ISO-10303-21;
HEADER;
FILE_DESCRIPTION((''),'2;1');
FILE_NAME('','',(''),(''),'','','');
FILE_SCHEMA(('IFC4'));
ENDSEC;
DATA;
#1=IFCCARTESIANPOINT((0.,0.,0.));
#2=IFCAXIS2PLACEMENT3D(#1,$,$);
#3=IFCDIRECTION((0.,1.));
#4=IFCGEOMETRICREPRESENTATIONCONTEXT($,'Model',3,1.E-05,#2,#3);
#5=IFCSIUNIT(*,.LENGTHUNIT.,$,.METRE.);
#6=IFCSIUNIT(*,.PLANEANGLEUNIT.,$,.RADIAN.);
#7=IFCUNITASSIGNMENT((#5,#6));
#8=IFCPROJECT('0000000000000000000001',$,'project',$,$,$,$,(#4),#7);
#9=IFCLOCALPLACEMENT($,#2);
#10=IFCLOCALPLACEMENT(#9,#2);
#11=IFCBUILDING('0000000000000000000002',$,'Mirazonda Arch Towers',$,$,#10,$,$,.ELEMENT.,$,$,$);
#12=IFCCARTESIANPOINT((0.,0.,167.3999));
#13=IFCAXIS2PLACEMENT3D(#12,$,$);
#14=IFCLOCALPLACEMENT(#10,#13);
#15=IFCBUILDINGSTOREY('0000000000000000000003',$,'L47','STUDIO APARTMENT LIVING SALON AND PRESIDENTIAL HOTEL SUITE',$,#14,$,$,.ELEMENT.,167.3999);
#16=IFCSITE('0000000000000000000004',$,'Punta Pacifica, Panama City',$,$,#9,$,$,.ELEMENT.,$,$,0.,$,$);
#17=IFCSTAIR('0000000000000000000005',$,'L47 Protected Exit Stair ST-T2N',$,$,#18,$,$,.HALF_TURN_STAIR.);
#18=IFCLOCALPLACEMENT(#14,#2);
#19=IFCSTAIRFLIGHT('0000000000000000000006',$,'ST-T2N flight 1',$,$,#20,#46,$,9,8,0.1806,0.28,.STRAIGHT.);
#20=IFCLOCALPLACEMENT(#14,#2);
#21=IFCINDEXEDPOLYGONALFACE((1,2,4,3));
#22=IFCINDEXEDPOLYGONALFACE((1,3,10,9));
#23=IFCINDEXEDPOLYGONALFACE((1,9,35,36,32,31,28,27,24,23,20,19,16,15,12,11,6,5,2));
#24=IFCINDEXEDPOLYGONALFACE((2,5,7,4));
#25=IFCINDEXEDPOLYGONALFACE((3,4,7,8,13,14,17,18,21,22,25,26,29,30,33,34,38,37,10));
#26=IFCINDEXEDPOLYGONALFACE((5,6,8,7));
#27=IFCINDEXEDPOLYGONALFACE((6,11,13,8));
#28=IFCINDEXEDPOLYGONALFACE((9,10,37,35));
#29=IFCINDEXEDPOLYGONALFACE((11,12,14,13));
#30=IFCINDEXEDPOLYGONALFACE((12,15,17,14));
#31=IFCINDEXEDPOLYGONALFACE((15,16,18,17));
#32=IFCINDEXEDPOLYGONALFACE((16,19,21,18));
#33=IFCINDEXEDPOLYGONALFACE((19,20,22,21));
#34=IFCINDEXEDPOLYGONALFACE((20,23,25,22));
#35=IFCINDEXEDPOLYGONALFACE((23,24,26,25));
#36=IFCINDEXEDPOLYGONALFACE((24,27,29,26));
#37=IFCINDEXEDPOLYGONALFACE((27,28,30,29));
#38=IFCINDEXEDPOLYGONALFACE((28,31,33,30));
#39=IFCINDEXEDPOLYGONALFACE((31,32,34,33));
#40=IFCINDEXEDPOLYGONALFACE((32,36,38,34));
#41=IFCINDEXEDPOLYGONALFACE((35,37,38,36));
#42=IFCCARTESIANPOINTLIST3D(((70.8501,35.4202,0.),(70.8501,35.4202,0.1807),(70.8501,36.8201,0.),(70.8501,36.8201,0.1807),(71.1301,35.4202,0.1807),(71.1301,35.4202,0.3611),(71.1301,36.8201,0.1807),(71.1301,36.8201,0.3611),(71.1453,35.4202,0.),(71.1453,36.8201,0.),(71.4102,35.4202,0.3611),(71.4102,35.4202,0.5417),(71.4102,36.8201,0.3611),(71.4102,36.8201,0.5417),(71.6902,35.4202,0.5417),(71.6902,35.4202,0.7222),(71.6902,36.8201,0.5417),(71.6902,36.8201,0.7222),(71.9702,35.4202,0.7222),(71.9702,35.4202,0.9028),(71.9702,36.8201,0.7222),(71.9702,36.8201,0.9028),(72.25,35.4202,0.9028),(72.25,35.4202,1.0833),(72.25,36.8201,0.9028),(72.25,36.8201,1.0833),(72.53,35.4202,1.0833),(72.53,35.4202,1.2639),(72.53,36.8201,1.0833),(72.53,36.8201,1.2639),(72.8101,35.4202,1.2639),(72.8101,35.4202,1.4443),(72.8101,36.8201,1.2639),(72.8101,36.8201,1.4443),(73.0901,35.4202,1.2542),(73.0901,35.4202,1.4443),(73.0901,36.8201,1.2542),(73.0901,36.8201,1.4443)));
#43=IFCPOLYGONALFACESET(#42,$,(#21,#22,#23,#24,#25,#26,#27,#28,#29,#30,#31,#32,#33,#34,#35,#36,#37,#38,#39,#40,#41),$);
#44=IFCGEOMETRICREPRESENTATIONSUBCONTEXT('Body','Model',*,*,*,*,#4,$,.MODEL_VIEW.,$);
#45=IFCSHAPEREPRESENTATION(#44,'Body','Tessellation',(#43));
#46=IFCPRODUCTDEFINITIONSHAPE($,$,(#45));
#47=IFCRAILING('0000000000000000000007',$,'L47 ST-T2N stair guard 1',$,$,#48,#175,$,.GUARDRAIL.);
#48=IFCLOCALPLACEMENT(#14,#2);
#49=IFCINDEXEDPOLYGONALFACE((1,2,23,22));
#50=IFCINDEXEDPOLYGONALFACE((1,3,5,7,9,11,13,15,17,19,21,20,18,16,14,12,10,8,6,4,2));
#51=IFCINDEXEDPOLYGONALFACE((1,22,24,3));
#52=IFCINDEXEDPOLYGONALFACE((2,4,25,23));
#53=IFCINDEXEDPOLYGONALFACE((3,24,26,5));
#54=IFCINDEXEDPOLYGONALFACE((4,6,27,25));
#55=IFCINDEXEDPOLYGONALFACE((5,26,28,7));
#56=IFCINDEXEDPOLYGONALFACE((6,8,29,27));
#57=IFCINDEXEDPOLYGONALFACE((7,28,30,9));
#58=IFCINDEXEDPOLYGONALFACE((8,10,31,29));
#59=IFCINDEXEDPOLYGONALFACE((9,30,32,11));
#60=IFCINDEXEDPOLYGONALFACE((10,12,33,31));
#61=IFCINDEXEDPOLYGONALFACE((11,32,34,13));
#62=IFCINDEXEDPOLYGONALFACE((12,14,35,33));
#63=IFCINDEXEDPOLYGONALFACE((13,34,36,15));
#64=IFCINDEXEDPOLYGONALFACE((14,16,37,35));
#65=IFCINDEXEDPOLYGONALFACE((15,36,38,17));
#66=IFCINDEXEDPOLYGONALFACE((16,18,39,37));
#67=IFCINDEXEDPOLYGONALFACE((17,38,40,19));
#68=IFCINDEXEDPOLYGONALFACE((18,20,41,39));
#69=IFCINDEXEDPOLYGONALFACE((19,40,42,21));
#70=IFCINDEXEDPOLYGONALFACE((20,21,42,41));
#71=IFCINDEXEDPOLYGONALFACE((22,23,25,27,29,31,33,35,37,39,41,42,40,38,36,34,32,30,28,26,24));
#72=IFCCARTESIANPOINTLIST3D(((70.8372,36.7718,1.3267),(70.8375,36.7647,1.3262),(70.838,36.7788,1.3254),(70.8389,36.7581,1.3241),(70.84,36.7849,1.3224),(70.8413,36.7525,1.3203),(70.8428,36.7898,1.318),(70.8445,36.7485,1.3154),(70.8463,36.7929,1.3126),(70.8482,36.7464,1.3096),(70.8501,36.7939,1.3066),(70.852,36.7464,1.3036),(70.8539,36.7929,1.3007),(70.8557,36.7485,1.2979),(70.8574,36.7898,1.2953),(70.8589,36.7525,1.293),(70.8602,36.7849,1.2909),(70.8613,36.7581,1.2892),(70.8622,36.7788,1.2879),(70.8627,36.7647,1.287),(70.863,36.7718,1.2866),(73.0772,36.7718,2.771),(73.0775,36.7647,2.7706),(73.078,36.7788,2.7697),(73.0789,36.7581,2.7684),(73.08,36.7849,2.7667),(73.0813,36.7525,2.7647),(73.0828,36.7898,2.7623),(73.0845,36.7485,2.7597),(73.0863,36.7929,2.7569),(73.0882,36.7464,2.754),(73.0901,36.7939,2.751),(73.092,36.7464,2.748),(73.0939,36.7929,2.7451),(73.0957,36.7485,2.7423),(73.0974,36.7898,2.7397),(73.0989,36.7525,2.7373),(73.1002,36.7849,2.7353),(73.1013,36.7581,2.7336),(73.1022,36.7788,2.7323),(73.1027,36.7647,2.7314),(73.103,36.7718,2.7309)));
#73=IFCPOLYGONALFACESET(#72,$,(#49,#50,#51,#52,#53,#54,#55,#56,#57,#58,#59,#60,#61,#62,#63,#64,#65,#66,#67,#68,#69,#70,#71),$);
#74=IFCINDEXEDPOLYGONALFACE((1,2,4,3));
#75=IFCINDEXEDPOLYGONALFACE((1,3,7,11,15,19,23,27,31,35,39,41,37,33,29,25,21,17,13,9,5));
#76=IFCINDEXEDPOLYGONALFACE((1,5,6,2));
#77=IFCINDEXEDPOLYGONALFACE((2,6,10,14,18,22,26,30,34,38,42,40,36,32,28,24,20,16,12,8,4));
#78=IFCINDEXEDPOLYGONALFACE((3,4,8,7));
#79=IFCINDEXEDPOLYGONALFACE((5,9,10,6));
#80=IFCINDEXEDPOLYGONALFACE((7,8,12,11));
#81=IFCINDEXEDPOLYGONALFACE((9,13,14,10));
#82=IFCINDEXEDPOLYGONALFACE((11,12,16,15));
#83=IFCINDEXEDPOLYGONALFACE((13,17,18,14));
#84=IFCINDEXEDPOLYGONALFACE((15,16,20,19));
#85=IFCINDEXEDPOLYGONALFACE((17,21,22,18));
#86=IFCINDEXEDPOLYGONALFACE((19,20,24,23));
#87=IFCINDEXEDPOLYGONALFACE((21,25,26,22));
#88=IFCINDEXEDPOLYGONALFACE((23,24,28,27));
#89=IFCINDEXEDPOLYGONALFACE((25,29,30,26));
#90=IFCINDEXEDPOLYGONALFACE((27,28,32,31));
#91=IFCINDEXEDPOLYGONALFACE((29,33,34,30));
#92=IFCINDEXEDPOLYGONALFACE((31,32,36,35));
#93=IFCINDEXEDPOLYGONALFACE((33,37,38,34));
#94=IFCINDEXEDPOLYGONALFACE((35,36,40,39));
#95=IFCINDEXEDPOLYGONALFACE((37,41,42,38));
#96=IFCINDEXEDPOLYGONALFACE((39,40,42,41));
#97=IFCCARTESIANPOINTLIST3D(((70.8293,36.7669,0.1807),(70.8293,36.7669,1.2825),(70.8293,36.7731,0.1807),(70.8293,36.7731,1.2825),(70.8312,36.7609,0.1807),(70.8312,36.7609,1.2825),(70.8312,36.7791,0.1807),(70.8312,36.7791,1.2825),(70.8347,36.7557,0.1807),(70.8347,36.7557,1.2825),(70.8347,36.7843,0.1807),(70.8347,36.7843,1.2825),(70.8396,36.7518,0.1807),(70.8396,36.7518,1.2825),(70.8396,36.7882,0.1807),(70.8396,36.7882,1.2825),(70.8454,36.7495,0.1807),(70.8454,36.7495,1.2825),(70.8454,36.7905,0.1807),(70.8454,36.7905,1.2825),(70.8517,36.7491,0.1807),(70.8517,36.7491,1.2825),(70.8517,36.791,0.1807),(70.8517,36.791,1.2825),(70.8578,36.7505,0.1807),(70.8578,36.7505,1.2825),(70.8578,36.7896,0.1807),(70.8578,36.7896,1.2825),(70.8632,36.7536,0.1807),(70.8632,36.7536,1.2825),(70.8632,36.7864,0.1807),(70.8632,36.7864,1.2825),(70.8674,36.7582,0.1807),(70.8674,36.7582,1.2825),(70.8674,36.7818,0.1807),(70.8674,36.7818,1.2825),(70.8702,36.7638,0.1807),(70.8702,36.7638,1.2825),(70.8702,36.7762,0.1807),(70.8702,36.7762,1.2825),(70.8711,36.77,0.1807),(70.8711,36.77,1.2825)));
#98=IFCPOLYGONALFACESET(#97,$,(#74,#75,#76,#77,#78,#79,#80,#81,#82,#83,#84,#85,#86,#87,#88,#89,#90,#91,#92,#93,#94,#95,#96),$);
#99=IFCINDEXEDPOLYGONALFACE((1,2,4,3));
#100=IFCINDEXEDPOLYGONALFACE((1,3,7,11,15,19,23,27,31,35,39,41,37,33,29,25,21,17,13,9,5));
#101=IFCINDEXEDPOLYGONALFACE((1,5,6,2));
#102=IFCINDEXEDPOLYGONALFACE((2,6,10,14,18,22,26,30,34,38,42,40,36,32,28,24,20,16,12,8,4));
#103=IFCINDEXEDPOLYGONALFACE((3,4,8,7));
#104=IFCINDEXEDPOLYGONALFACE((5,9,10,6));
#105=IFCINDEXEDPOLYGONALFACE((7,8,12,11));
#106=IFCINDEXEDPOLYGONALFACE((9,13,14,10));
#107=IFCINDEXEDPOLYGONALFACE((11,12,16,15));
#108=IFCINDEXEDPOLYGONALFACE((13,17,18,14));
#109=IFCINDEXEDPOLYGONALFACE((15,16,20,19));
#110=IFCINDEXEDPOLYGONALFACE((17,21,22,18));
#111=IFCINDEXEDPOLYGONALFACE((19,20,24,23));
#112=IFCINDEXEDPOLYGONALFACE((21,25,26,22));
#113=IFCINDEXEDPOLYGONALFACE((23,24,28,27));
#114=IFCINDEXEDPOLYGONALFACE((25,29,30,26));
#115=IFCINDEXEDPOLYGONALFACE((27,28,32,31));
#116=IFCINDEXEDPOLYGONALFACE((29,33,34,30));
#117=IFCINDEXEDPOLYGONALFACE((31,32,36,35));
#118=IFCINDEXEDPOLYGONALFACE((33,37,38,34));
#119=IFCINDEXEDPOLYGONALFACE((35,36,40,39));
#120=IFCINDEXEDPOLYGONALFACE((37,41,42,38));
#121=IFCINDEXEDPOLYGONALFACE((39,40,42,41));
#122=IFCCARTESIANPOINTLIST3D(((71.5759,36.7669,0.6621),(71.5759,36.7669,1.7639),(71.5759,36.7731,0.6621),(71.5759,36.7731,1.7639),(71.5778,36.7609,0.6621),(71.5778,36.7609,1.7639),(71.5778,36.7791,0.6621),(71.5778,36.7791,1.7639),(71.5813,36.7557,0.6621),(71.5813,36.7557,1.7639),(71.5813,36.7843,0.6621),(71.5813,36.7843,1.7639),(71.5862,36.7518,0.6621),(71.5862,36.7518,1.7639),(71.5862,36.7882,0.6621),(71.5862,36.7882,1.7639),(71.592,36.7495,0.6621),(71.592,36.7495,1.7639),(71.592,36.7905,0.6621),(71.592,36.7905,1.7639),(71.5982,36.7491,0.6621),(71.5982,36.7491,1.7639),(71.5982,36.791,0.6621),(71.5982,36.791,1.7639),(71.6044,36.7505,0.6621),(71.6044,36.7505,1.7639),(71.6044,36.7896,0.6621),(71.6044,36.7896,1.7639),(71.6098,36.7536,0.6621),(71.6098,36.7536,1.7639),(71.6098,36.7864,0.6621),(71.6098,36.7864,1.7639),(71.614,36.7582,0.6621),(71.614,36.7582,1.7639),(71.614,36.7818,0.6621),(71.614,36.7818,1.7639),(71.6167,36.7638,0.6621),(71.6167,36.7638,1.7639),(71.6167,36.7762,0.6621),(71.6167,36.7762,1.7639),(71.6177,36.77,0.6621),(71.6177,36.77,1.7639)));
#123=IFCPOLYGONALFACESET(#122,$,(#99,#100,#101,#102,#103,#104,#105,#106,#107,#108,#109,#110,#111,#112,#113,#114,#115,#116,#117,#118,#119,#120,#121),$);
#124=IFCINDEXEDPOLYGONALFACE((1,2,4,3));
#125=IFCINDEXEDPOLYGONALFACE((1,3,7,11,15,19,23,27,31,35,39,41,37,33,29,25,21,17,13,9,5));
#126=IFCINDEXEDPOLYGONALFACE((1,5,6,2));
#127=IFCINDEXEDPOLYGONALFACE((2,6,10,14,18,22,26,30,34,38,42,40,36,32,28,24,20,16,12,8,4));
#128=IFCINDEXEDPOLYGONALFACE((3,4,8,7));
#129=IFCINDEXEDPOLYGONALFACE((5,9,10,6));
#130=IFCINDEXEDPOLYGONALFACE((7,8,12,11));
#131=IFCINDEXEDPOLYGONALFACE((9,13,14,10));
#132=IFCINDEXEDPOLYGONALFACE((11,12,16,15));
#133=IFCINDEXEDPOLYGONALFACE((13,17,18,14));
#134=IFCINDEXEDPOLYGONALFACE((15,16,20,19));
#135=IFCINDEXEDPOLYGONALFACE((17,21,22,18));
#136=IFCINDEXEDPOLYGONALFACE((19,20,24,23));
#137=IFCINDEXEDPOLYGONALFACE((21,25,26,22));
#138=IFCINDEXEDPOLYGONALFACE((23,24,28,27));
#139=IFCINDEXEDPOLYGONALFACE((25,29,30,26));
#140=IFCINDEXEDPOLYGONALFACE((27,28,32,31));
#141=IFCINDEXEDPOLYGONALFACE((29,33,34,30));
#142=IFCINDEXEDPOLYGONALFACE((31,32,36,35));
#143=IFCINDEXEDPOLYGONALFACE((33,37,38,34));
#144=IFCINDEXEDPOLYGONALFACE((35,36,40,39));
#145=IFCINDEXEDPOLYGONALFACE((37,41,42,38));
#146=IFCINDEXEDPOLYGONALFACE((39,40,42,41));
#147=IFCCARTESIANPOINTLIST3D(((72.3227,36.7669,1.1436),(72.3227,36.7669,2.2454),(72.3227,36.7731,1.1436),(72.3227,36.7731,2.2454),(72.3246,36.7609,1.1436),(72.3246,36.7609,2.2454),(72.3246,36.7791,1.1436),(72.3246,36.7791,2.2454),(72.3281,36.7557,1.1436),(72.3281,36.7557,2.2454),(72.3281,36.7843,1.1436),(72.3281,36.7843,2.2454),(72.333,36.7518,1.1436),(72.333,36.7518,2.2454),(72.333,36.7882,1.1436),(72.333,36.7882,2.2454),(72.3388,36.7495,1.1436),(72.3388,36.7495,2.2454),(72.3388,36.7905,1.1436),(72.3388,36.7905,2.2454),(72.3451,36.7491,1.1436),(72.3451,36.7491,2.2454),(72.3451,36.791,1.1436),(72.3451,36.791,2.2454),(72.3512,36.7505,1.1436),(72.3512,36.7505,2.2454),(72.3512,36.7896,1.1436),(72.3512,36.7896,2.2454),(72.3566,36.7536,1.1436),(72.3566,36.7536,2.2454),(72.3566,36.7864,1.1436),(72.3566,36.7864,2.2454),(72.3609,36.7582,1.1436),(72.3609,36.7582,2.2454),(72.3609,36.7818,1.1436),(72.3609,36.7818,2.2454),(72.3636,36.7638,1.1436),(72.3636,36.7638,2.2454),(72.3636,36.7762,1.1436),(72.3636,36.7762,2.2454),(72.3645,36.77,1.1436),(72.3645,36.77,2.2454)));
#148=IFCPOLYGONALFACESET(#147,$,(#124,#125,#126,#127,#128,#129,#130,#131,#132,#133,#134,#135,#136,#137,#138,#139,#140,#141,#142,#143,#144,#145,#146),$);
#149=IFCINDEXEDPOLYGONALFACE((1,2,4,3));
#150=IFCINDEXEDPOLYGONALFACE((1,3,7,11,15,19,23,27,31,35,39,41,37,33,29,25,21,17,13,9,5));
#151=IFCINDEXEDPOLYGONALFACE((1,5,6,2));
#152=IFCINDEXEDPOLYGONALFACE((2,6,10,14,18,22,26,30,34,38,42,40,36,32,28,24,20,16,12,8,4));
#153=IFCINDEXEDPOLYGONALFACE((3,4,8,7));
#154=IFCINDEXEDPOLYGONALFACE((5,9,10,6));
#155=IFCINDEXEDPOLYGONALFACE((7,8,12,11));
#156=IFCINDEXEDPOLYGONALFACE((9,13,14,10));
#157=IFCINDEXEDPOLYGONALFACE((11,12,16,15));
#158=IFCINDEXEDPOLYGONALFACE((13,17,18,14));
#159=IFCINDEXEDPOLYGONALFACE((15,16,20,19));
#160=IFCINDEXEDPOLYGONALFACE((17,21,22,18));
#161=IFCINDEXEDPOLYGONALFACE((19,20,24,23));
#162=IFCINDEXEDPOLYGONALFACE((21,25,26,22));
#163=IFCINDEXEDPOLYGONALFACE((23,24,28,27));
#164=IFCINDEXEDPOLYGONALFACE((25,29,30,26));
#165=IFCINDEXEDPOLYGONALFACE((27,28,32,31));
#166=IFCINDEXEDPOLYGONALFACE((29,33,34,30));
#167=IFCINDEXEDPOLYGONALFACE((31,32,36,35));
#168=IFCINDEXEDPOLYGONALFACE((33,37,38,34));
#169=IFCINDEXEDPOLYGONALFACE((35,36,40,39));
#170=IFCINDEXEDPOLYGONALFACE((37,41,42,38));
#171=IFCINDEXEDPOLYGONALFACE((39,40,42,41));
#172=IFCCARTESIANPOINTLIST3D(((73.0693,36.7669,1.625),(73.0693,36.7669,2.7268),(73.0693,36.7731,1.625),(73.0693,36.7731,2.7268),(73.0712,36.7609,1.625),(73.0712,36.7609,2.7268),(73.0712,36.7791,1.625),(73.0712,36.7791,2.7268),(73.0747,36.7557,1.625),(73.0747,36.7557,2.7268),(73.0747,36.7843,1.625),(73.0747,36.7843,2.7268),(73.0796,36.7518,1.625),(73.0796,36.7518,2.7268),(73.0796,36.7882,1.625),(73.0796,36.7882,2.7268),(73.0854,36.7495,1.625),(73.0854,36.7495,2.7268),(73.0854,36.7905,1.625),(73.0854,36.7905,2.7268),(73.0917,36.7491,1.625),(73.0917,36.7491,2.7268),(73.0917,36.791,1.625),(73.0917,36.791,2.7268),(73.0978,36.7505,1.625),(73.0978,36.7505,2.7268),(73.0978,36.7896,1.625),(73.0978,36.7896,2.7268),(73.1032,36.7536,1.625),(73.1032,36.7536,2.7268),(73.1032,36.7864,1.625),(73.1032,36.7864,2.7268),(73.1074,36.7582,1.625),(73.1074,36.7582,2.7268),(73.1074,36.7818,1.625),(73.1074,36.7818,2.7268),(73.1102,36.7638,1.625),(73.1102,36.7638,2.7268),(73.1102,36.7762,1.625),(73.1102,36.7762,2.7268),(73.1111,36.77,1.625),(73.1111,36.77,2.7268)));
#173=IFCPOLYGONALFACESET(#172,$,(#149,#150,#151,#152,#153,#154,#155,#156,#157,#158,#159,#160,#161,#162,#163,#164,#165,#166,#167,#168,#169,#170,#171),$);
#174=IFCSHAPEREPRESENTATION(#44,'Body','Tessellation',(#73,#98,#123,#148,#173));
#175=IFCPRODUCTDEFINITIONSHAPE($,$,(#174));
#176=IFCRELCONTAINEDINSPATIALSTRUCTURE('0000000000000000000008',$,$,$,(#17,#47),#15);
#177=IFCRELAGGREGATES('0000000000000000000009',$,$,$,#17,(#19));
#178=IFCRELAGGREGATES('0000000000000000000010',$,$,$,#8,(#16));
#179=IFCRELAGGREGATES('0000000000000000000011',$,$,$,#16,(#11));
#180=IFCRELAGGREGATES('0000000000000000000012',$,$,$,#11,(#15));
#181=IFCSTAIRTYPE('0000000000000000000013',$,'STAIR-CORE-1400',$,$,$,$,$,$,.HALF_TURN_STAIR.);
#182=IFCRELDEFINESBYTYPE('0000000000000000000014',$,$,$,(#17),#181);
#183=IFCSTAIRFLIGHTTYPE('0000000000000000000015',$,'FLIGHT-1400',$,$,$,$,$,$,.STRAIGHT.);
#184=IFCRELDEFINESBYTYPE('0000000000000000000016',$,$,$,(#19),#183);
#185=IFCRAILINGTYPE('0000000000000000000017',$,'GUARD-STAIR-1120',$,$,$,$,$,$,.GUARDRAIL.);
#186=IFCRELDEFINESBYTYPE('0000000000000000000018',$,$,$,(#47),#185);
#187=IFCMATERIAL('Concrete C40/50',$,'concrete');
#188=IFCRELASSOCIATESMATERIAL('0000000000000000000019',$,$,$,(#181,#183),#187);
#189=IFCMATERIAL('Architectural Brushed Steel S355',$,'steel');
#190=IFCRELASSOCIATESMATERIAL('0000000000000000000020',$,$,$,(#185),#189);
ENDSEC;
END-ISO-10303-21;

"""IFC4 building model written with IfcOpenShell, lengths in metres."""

from ifc_helpers import new_model, si_unit, direction, frame, origin, origin_2d, place, context, subcontext, project, spatial, polyline, circle, outline, extrude, material, type_object, element, aggregate, save


model = new_model("IFC4")

# Units and contexts
model_context = context("Model", 3, precision=1e-05, world=origin(), true_north=direction((0.0, 1.0)))
body_context = subcontext(model_context, "Body", "Model", "MODEL_VIEW")
ifc_project = project(units=[si_unit("LENGTHUNIT", "METRE"), si_unit("PLANEANGLEUNIT", "RADIAN")], contexts=[model_context])

# Site, building, storey
site_placement = place(None, origin())
site = spatial("IfcSite", under=ifc_project, at=site_placement, Name="Punta Pacifica, Panama City", CompositionType="ELEMENT", RefElevation=0.0)
building_placement = place(site_placement, origin())
building = spatial("IfcBuilding", under=site, at=building_placement, Name="Mirazonda Arch Towers", CompositionType="ELEMENT")
storey_placement = place(building_placement, frame((0.0, 0.0, 167.3999)))
storey = spatial("IfcBuildingStorey", under=building, at=storey_placement, Name="L47", Description="STUDIO APARTMENT LIVING SALON AND PRESIDENTIAL HOTEL SUITE", CompositionType="ELEMENT", Elevation=167.3999)

# Stair, stair flight
ifc_material_1 = material(Name="Concrete C40/50", Category="concrete")
stair_type = type_object("IfcStairType", Name="STAIR-CORE-1400", PredefinedType="HALF_TURN_STAIR", material=ifc_material_1)
stair_placement = place(storey_placement, origin())
stair = element("IfcStair", 1, at=stair_placement, inside=storey, type_object=stair_type, Name="L47 Protected Exit Stair ST-T2N", PredefinedType="HALF_TURN_STAIR")
stair_flight_type = type_object("IfcStairFlightType", Name="FLIGHT-1400", PredefinedType="STRAIGHT", material=ifc_material_1)
stair_flight_placement = place(storey_placement, frame((70.8501, 36.1201, 0.0), z_axis=(0.0, 0.0, 1.0), x_axis=(1.0, 0.0, 0.0)))
stair_flight = element("IfcStairFlight", 2, at=stair_flight_placement, type_object=stair_flight_type, Name="ST-T2N flight 1", NumberOfRisers=9, NumberOfTreads=8, PredefinedType="STRAIGHT", RiserHeight=0.1806, TreadLength=0.28, context=body_context, shape_type="SweptSolid", body=[
    extrude(outline(polyline([(0.0, 0.0), (0.0, 0.1807), (0.28, 0.1807), (0.28, 0.3611), (0.5601, 0.3611), (0.5601, 0.5417), (0.8401, 0.5417), (0.8401, 0.7222), (1.1201, 0.7222), (1.1201, 0.9028), (1.3999, 0.9028), (1.3999, 1.0833), (1.6799, 1.0833), (1.6799, 1.2639), (1.96, 1.2639), (1.96, 1.4443), (2.24, 1.4443), (2.24, 1.625), (2.24, 1.2542), (0.2952, 0.0), (0.0, 0.0)])), frame((0.0, 0.7, 0.0), z_axis=(0.0, -1.0, 0.0), x_axis=(1.0, 0.0, 0.0)), (0.0, 0.0, 1.0), 1.3999),
])
aggregate(stair, [stair_flight])

# Railing
ifc_material_2 = material(Name="Architectural Brushed Steel S355", Category="steel")
railing_type_1 = type_object("IfcRailingType", Name="GUARD-STAIR-1120", PredefinedType="GUARDRAIL", material=ifc_material_2)
railing_1_placement = place(storey_placement, frame((70.8501, 36.77, 0.1807)))
element("IfcRailing", 3, at=railing_1_placement, inside=storey, type_object=railing_type_1, Name="L47 ST-T2N stair guard 1", PredefinedType="GUARDRAIL", context=body_context, shape_type="SweptSolid", body=[
    extrude(circle(Radius=0.0239, at=origin_2d()), frame((0.0, 0.0, 1.126), z_axis=(0.840437, 0.0, 0.54191), x_axis=(0.0, 1.0, 0.0)), (0.0, 0.0, 1.0), 2.6653),
    extrude(circle(Radius=0.021, at=origin_2d()), origin(), (0.0, 0.0, 1.0), 1.1018),
    extrude(circle(Radius=0.021, at=origin_2d()), frame((0.7466, 0.0, 0.4814)), (0.0, 0.0, 1.0), 1.1018),
    extrude(circle(Radius=0.021, at=origin_2d()), frame((1.4934, 0.0, 0.9629)), (0.0, 0.0, 1.0), 1.1018),
    extrude(circle(Radius=0.021, at=origin_2d()), frame((2.24, 0.0, 1.4443)), (0.0, 0.0, 1.0), 1.1018),
])

save(model, "model.ifc")
